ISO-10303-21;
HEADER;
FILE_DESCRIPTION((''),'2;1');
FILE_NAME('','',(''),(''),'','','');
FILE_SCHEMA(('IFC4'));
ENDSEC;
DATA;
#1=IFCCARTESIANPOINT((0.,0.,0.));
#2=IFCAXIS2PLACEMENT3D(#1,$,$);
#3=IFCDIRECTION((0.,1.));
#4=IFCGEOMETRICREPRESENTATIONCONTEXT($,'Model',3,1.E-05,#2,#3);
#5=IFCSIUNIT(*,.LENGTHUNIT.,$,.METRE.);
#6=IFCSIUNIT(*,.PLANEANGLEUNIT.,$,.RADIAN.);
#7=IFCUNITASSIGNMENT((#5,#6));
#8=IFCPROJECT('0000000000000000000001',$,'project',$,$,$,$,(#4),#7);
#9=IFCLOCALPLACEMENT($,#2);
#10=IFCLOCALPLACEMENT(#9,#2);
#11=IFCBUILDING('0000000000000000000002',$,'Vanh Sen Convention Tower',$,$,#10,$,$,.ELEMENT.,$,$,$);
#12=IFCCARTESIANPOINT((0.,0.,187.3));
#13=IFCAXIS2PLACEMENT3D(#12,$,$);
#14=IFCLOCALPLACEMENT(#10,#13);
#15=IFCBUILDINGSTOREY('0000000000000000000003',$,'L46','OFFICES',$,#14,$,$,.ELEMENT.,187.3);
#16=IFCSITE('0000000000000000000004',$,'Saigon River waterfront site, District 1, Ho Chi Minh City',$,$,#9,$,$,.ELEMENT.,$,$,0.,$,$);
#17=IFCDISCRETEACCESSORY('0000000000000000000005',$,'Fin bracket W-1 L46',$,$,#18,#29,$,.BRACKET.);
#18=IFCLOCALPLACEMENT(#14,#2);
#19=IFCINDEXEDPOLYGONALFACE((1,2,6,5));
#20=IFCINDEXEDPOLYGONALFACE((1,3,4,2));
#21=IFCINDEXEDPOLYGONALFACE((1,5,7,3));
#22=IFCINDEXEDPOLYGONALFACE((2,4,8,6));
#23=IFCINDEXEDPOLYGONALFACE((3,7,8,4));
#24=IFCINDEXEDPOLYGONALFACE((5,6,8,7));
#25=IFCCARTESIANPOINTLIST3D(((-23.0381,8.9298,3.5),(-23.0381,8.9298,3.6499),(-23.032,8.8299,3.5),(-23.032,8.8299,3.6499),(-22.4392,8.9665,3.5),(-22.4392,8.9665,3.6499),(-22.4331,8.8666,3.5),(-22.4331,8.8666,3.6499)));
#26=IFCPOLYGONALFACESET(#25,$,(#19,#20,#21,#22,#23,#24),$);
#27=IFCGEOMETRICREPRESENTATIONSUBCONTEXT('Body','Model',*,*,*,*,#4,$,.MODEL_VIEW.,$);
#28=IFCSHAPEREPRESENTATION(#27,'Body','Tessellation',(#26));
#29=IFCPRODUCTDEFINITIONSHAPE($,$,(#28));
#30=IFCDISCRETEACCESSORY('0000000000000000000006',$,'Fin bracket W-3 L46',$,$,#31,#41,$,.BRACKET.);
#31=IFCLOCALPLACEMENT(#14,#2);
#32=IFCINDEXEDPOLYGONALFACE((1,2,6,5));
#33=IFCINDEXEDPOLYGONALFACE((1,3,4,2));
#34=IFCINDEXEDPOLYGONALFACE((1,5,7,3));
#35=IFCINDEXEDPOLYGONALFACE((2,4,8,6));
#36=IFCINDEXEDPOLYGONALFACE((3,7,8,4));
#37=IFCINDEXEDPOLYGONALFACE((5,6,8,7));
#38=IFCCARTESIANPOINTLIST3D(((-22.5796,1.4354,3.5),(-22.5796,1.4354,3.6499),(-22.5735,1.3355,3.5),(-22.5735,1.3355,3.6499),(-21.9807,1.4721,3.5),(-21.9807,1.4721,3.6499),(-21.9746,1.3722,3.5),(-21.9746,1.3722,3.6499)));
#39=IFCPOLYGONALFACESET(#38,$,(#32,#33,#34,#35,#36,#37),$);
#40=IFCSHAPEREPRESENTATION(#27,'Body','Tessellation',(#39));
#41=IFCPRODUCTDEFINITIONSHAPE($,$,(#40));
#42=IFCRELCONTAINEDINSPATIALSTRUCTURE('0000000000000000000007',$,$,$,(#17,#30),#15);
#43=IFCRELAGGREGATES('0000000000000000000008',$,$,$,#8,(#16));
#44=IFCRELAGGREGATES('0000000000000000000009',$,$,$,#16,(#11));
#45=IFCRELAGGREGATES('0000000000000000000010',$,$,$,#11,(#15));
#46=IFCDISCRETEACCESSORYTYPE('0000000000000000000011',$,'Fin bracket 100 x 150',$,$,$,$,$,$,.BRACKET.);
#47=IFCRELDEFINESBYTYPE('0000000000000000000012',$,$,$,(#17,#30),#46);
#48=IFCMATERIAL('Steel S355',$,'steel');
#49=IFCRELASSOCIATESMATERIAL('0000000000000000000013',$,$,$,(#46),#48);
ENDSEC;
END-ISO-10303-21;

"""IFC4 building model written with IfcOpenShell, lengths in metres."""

from ifc_helpers import new_model, si_unit, direction, frame, origin, origin_2d, place, context, subcontext, project, spatial, rectangle, extrude, material, type_object, element, save


model = new_model("IFC4")

# Units and contexts
model_context = context("Model", 3, precision=1e-05, world=origin(), true_north=direction((0.0, 1.0)))
body_context = subcontext(model_context, "Body", "Model", "MODEL_VIEW")
ifc_project = project(units=[si_unit("LENGTHUNIT", "METRE"), si_unit("PLANEANGLEUNIT", "RADIAN")], contexts=[model_context])

# Site, building, storey
site_placement = place(None, origin())
site = spatial("IfcSite", under=ifc_project, at=site_placement, Name="Saigon River waterfront site, District 1, Ho Chi Minh City", CompositionType="ELEMENT", RefElevation=0.0)
building_placement = place(site_placement, origin())
building = spatial("IfcBuilding", under=site, at=building_placement, Name="Vanh Sen Convention Tower", CompositionType="ELEMENT")
storey_placement = place(building_placement, frame((0.0, 0.0, 187.3)))
storey = spatial("IfcBuildingStorey", under=building, at=storey_placement, Name="L46", Description="OFFICES", CompositionType="ELEMENT", Elevation=187.3)

# Discrete accessories
ifc_material_1 = material(Name="Steel S355", Category="steel")
discrete_accessory_type = type_object("IfcDiscreteAccessoryType", Name="Fin bracket 100 x 150", PredefinedType="BRACKET", material=ifc_material_1)
for number, where, z_axis, x_axis, name in (
    (1, (-22.7356, 8.8982, 3.5), (0.0, 0.0, 1.0), (-0.998135, -0.061049, 0.0), "Fin bracket W-1 L46"),
    (2, (-22.2771, 1.4038, 3.5), (0.0, 0.0, 1.0), (-0.998135, -0.061049, 0.0), "Fin bracket W-3 L46"),
):
    element("IfcDiscreteAccessory", number, at=place(storey_placement, frame(where, z_axis=z_axis, x_axis=x_axis)), inside=storey, type_object=discrete_accessory_type, Name=name, PredefinedType="BRACKET", context=body_context, shape_type="SweptSolid", body=[
        extrude(rectangle(XDim=0.6001, YDim=0.1001, at=origin_2d()), origin(), (0.0, 0.0, 1.0), 0.1499),
    ])

save(model, "model.ifc")
